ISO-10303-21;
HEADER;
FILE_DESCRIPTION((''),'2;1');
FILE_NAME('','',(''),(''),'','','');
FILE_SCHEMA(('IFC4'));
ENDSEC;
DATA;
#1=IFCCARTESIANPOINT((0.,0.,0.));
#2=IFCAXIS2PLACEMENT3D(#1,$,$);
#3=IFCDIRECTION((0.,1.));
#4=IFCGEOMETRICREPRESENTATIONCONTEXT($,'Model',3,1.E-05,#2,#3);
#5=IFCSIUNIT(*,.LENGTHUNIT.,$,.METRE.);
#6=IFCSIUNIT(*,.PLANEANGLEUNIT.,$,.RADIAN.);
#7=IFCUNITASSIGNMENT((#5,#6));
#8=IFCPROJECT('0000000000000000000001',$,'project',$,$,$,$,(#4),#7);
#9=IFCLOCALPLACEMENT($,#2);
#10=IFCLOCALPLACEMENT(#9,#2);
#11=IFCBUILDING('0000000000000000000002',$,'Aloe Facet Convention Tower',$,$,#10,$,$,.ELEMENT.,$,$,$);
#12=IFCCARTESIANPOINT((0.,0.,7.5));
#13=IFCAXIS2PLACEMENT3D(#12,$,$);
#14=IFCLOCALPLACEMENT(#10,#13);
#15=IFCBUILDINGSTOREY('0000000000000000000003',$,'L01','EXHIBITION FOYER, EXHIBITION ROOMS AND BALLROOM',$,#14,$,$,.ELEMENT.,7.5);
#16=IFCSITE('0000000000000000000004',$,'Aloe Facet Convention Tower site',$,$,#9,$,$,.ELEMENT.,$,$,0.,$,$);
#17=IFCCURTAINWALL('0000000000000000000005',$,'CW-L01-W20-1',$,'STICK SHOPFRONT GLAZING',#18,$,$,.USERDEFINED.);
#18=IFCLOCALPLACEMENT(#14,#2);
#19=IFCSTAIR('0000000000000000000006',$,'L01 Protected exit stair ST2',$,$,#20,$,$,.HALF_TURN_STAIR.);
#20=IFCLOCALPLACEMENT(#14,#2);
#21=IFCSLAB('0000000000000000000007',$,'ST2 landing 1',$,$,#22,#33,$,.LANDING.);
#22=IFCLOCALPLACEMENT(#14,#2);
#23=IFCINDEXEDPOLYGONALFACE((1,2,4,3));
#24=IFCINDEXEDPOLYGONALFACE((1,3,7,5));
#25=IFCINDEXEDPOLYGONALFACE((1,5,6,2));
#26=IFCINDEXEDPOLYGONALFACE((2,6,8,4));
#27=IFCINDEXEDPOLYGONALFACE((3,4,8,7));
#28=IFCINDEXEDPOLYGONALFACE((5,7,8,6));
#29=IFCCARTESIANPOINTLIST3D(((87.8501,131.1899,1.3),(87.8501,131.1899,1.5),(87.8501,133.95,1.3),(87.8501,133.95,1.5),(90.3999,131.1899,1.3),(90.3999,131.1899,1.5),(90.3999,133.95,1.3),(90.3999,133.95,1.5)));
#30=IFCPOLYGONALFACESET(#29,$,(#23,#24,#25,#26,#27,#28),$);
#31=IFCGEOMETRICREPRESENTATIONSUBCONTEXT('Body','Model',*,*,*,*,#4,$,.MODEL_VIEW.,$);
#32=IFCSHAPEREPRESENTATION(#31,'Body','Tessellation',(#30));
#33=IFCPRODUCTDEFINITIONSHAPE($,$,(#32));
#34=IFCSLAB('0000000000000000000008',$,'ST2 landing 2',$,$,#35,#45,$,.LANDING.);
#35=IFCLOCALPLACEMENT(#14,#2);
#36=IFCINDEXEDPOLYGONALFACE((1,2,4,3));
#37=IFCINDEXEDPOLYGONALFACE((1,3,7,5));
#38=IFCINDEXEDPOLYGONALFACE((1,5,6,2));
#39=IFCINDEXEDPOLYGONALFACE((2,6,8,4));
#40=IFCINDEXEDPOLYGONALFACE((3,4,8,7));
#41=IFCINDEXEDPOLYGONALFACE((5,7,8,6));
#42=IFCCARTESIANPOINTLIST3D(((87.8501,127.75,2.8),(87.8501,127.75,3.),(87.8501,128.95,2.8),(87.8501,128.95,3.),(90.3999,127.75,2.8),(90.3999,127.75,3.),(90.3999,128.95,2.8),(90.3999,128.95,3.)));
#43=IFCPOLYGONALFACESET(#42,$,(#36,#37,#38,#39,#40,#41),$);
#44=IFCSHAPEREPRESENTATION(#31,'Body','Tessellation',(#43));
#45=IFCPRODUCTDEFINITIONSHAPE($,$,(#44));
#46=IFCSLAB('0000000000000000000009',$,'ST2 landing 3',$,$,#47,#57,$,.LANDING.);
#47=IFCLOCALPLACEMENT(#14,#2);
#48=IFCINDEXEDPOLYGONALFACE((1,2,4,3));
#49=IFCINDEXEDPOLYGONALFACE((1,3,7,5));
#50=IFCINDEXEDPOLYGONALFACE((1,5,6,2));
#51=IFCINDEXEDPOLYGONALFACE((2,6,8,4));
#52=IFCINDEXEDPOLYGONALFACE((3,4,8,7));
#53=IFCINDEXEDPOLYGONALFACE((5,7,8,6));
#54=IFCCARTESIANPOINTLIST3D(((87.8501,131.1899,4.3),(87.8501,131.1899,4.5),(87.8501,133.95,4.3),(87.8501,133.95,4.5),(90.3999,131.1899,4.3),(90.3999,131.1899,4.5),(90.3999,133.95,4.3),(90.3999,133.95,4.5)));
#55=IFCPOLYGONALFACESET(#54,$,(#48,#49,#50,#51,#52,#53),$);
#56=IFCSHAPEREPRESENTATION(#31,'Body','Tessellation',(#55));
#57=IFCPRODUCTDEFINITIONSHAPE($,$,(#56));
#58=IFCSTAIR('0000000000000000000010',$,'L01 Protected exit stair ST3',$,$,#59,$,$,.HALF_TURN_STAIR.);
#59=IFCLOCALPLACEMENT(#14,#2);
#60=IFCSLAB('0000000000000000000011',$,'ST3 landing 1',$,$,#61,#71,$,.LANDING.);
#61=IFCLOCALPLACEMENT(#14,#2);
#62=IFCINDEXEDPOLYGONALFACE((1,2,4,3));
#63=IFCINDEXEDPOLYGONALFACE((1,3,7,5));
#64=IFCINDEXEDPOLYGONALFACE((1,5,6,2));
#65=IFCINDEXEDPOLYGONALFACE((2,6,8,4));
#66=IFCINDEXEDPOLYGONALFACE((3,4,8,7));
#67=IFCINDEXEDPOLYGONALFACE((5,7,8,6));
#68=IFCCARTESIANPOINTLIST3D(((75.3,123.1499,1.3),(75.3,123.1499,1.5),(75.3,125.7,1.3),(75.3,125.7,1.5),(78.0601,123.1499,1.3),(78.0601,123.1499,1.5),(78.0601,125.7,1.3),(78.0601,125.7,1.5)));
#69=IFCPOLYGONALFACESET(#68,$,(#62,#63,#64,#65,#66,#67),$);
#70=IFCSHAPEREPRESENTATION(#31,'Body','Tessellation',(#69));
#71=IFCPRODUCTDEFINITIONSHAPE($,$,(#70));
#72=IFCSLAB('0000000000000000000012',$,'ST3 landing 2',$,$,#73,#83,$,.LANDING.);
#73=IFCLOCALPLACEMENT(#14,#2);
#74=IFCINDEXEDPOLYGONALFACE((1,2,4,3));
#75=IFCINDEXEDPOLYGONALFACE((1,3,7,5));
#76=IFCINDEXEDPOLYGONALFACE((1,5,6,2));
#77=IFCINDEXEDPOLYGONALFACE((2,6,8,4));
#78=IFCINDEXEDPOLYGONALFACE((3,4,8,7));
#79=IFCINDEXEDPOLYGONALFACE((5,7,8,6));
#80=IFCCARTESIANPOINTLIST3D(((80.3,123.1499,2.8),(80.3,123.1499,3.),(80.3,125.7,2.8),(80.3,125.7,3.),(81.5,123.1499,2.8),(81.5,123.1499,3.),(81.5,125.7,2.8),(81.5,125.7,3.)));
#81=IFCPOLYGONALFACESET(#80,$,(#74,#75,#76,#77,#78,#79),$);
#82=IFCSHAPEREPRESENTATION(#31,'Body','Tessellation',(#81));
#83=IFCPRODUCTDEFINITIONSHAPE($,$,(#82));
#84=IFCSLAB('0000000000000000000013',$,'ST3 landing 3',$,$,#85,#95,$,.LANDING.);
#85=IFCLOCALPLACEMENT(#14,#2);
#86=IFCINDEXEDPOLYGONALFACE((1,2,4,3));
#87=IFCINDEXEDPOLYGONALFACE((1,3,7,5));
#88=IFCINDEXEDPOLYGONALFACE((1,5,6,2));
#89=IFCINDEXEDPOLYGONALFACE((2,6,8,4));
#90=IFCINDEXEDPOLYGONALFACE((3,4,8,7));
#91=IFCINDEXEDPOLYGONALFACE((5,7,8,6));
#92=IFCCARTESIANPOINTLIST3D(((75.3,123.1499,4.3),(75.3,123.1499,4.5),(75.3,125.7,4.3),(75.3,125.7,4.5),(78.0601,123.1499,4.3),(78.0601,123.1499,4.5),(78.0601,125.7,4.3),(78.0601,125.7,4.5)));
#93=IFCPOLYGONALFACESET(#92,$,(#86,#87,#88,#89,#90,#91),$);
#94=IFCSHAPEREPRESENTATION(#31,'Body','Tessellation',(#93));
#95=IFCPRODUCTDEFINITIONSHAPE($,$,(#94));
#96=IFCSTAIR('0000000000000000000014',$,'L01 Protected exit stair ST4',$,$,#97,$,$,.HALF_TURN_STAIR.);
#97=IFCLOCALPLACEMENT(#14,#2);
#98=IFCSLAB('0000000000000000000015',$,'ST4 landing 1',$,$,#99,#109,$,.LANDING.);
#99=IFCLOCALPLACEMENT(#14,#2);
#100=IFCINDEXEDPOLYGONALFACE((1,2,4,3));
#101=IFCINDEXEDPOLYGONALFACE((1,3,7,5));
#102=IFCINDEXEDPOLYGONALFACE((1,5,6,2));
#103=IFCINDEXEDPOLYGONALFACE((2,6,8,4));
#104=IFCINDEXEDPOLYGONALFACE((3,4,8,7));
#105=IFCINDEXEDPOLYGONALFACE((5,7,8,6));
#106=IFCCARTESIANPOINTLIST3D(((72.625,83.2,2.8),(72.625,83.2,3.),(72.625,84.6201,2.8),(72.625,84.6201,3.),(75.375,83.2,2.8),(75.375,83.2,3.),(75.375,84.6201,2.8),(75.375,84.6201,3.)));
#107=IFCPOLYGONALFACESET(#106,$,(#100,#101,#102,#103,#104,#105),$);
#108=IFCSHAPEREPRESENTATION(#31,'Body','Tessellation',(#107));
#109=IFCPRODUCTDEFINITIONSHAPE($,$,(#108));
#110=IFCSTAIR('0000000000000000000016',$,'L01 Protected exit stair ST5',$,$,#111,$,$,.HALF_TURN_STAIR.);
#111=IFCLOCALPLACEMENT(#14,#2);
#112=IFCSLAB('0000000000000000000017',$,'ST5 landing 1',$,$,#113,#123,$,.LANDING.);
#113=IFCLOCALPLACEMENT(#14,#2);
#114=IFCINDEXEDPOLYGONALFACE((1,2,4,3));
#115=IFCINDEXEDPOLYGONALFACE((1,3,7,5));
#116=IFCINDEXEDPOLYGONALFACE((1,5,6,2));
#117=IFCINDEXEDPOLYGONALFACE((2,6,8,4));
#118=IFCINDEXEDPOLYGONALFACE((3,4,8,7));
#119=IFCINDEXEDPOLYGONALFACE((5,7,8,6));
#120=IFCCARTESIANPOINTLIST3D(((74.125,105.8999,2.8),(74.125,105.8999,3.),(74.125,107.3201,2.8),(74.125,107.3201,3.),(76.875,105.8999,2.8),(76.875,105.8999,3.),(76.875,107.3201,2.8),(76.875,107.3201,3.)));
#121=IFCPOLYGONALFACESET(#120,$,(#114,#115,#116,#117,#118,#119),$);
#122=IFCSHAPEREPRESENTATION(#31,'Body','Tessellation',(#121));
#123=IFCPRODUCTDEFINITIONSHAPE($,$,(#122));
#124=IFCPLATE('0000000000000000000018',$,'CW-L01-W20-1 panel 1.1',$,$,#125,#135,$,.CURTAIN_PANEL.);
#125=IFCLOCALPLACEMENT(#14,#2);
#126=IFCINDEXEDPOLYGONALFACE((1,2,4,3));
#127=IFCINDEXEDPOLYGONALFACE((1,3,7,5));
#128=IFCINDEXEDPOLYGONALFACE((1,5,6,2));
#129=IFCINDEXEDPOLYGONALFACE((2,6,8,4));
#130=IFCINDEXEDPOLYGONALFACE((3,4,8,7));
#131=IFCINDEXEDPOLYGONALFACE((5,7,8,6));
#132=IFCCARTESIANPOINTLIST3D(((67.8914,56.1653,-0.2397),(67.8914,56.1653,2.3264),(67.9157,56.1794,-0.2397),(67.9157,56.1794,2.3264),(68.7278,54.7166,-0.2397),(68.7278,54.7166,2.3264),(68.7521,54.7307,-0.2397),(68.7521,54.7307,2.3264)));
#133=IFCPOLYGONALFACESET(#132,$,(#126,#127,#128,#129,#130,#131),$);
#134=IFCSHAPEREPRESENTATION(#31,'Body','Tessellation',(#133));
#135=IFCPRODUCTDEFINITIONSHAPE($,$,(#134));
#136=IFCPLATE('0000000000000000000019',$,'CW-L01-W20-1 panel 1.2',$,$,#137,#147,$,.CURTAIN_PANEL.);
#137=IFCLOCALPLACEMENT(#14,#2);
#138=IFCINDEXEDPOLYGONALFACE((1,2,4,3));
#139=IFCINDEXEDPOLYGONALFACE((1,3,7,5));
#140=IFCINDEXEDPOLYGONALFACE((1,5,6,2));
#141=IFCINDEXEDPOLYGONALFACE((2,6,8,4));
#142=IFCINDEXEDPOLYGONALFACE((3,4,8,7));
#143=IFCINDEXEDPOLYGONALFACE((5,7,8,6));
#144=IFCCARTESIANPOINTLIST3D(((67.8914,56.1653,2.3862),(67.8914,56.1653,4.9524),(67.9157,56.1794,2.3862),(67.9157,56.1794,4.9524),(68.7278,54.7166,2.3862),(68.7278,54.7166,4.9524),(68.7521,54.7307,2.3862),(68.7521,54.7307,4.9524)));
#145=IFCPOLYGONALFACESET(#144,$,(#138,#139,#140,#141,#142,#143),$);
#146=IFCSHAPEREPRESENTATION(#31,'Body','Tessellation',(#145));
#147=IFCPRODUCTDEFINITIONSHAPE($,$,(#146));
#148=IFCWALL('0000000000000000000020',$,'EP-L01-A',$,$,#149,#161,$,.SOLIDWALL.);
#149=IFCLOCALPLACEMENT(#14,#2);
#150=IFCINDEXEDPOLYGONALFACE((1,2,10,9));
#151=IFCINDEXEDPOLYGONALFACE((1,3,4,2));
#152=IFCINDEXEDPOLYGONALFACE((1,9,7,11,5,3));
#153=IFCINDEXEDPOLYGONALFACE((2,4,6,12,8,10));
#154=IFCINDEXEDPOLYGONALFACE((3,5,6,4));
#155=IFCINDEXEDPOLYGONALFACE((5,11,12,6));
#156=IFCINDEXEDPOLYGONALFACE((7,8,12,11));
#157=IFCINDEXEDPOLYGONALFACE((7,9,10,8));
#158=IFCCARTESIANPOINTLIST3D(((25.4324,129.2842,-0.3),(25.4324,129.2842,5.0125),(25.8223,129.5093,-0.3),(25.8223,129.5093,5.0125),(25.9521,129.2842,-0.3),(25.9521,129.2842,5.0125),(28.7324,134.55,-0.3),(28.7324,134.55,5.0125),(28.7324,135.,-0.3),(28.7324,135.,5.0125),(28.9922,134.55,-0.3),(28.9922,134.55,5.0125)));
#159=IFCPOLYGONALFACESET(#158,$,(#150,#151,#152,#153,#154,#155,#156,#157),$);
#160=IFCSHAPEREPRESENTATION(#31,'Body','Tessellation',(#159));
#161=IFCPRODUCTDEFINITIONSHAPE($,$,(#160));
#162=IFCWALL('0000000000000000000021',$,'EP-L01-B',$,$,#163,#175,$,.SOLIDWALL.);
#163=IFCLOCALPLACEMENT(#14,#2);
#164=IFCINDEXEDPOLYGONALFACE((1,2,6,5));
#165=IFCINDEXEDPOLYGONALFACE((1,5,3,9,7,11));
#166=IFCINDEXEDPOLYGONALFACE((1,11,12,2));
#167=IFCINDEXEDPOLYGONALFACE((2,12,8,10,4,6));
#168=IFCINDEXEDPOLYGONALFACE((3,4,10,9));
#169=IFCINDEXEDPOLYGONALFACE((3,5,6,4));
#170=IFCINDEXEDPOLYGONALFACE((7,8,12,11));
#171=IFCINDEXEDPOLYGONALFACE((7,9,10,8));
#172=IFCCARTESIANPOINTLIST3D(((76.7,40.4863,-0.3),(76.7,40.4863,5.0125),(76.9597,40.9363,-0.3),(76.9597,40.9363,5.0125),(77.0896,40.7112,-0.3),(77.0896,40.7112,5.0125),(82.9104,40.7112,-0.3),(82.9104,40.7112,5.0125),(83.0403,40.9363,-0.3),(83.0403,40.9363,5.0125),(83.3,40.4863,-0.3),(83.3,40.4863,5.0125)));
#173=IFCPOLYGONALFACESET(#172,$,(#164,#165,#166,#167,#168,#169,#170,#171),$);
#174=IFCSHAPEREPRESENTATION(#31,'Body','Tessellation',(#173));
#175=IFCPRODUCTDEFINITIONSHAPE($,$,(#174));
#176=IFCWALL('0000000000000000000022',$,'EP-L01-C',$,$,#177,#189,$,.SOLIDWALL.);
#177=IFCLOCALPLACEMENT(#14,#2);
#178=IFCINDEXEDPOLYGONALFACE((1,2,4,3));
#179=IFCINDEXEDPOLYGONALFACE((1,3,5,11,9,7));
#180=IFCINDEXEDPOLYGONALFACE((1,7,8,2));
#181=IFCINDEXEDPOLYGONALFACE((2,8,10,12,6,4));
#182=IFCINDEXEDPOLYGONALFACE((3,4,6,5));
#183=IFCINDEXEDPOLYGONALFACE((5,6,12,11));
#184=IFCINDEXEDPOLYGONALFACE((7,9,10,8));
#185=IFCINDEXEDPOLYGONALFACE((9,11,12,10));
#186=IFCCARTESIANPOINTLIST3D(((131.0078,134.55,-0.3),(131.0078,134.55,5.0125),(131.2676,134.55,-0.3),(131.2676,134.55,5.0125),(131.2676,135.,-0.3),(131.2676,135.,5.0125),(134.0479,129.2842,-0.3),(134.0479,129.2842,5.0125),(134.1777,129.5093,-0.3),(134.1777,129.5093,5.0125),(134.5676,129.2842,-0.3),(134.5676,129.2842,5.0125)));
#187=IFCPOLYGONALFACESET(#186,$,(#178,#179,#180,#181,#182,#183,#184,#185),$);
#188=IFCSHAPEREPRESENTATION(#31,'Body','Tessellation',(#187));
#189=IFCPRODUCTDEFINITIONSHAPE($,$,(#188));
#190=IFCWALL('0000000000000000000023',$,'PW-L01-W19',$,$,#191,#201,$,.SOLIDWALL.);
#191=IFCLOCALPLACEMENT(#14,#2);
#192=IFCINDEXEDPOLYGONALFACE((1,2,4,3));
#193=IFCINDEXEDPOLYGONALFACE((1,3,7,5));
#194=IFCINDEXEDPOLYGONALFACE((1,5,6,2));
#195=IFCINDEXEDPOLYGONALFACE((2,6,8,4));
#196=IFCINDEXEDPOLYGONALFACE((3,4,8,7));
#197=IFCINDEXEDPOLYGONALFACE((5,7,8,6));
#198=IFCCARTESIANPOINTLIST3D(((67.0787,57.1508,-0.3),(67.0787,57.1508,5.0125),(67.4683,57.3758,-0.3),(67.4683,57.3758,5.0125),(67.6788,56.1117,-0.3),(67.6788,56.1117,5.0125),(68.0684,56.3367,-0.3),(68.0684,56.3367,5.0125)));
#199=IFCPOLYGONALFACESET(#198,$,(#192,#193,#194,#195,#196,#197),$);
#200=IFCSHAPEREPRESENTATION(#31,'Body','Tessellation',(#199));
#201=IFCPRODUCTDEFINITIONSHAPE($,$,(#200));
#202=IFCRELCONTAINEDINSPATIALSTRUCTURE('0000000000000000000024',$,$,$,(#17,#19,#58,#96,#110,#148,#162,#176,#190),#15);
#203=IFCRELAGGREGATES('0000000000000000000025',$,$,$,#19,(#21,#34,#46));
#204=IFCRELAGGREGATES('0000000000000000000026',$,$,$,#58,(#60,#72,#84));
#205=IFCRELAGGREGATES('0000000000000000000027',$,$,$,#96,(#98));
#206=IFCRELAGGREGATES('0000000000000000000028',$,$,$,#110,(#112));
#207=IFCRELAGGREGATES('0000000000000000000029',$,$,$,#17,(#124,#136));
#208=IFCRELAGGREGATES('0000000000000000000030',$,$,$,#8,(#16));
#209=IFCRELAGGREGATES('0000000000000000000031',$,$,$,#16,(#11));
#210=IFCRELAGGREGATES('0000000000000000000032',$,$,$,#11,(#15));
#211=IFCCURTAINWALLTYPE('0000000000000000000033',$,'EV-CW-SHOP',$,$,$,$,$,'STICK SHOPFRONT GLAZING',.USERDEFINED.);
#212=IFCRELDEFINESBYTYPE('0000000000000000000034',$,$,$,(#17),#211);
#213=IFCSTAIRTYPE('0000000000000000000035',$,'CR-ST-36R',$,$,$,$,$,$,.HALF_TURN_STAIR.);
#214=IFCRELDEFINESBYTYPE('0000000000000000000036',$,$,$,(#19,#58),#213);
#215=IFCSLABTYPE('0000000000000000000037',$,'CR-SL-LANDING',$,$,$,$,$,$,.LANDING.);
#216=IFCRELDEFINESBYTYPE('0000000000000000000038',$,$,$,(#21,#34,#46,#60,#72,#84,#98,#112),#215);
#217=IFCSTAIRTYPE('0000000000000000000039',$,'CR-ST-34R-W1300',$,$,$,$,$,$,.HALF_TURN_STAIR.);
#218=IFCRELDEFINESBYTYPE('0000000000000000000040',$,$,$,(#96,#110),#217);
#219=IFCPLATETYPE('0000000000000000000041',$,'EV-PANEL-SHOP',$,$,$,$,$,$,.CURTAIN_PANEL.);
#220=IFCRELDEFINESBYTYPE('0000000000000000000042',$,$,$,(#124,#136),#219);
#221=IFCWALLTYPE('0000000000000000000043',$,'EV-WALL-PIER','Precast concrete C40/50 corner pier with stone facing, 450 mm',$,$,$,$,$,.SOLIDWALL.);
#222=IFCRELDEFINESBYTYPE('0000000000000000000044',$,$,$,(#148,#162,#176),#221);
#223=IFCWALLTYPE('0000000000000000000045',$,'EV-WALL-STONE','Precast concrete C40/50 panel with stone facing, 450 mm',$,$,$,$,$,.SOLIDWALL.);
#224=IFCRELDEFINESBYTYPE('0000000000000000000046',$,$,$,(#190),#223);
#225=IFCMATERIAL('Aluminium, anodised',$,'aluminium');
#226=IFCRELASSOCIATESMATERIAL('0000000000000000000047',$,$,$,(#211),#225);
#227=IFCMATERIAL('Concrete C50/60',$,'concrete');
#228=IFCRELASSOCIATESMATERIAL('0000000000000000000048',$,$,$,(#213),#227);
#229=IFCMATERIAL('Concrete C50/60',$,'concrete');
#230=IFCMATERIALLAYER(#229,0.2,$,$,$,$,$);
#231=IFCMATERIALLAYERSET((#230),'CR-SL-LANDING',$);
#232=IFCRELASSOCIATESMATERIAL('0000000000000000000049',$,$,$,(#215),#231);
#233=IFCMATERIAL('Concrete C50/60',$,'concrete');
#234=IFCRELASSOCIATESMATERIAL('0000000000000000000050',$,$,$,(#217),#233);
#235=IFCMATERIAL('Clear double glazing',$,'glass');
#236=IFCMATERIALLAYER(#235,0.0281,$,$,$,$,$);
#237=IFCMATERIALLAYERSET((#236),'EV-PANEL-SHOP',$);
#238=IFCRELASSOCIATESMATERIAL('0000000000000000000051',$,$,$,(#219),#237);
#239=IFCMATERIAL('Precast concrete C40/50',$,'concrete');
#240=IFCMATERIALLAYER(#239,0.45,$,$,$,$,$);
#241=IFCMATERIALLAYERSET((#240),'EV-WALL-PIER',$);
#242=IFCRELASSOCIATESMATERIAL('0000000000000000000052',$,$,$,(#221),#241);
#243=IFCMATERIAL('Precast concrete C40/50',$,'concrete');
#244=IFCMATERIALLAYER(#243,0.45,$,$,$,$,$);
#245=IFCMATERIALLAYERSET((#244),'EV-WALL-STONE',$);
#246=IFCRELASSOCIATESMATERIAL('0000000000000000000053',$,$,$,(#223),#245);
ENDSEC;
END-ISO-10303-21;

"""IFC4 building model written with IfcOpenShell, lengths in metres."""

from ifc_helpers import new_model, si_unit, direction, frame, frame_2d, origin, origin_2d, place, context, subcontext, project, spatial, polyline, rectangle, outline, extrude, material, layer, layer_set, type_object, element, aggregate, save


model = new_model("IFC4")

# Units and contexts
model_context = context("Model", 3, precision=1e-05, world=origin(), true_north=direction((0.0, 1.0)))
body_context = subcontext(model_context, "Body", "Model", "MODEL_VIEW")
ifc_project = project(units=[si_unit("LENGTHUNIT", "METRE"), si_unit("PLANEANGLEUNIT", "RADIAN")], contexts=[model_context])

# Site, building, storey
site_placement = place(None, origin())
site = spatial("IfcSite", under=ifc_project, at=site_placement, Name="Aloe Facet Convention Tower site", CompositionType="ELEMENT", RefElevation=0.0)
building_placement = place(site_placement, origin())
building = spatial("IfcBuilding", under=site, at=building_placement, Name="Aloe Facet Convention Tower", CompositionType="ELEMENT")
storey_placement = place(building_placement, frame((0.0, 0.0, 7.5)))
storey = spatial("IfcBuildingStorey", under=building, at=storey_placement, Name="L01", Description="EXHIBITION FOYER, EXHIBITION ROOMS AND BALLROOM", CompositionType="ELEMENT", Elevation=7.5)

# Curtain wall
ifc_material_1 = material(Name="Aluminium, anodised", Category="aluminium")
curtain_wall_type = type_object("IfcCurtainWallType", Name="EV-CW-SHOP", ElementType="STICK SHOPFRONT GLAZING", PredefinedType="USERDEFINED", material=ifc_material_1)
curtain_wall_1_placement = place(storey_placement, origin())
curtain_wall_1 = element("IfcCurtainWall", 1, at=curtain_wall_1_placement, inside=storey, type_object=curtain_wall_type, Name="CW-L01-W20-1", ObjectType="STICK SHOPFRONT GLAZING", PredefinedType="USERDEFINED")

# Stairs, slabs
ifc_material_2 = material(Name="Concrete C50/60", Category="concrete")
stair_type_1 = type_object("IfcStairType", Name="CR-ST-36R", PredefinedType="HALF_TURN_STAIR", material=ifc_material_2)
ifc_material_3 = material(Name="Concrete C50/60", Category="concrete")
ifc_layer_1 = layer(ifc_material_3, 0.2)
ifc_layer_set_1 = layer_set([ifc_layer_1], Name="CR-SL-LANDING")
slab_type_1 = type_object("IfcSlabType", Name="CR-SL-LANDING", PredefinedType="LANDING", material=ifc_layer_set_1)
stair_1_placement = place(storey_placement, origin())
stair_1 = element("IfcStair", 2, at=stair_1_placement, inside=storey, type_object=stair_type_1, Name="L01 Protected exit stair ST2", PredefinedType="HALF_TURN_STAIR")
slab_1_placement = place(storey_placement, frame((0.0, 0.0, 1.3)))
slab_1 = element("IfcSlab", 3, at=slab_1_placement, type_object=slab_type_1, Name="ST2 landing 1", PredefinedType="LANDING", context=body_context, shape_type="SweptSolid", body=[
    extrude(outline(polyline([(90.3999, 131.1899), (90.3999, 133.95), (87.8501, 133.95), (87.8501, 131.1899), (90.3999, 131.1899)])), origin(), (0.0, 0.0, 1.0), 0.2),
])
slab_2_placement = place(storey_placement, frame((0.0, 0.0, 2.8)))
slab_2 = element("IfcSlab", 4, at=slab_2_placement, type_object=slab_type_1, Name="ST2 landing 2", PredefinedType="LANDING", context=body_context, shape_type="SweptSolid", body=[
    extrude(outline(polyline([(90.3999, 127.75), (90.3999, 128.95), (87.8501, 128.95), (87.8501, 127.75), (90.3999, 127.75)])), origin(), (0.0, 0.0, 1.0), 0.2),
])
slab_3_placement = place(storey_placement, frame((0.0, 0.0, 4.3)))
slab_3 = element("IfcSlab", 5, at=slab_3_placement, type_object=slab_type_1, Name="ST2 landing 3", PredefinedType="LANDING", context=body_context, shape_type="SweptSolid", body=[
    extrude(outline(polyline([(90.3999, 131.1899), (90.3999, 133.95), (87.8501, 133.95), (87.8501, 131.1899), (90.3999, 131.1899)])), origin(), (0.0, 0.0, 1.0), 0.2),
])
aggregate(stair_1, [slab_1, slab_2, slab_3])
stair_2_placement = place(storey_placement, origin())
stair_2 = element("IfcStair", 6, at=stair_2_placement, inside=storey, type_object=stair_type_1, Name="L01 Protected exit stair ST3", PredefinedType="HALF_TURN_STAIR")
slab_4_placement = place(storey_placement, frame((0.0, 0.0, 1.3)))
slab_4 = element("IfcSlab", 7, at=slab_4_placement, type_object=slab_type_1, Name="ST3 landing 1", PredefinedType="LANDING", context=body_context, shape_type="SweptSolid", body=[
    extrude(outline(polyline([(78.0601, 125.7), (75.3, 125.7), (75.3, 123.1499), (78.0601, 123.1499), (78.0601, 125.7)])), origin(), (0.0, 0.0, 1.0), 0.2),
])
slab_5_placement = place(storey_placement, frame((0.0, 0.0, 2.8)))
slab_5 = element("IfcSlab", 8, at=slab_5_placement, type_object=slab_type_1, Name="ST3 landing 2", PredefinedType="LANDING", context=body_context, shape_type="SweptSolid", body=[
    extrude(outline(polyline([(81.5, 125.7), (80.3, 125.7), (80.3, 123.1499), (81.5, 123.1499), (81.5, 125.7)])), origin(), (0.0, 0.0, 1.0), 0.2),
])
slab_6_placement = place(storey_placement, frame((0.0, 0.0, 4.3)))
slab_6 = element("IfcSlab", 9, at=slab_6_placement, type_object=slab_type_1, Name="ST3 landing 3", PredefinedType="LANDING", context=body_context, shape_type="SweptSolid", body=[
    extrude(outline(polyline([(78.0601, 125.7), (75.3, 125.7), (75.3, 123.1499), (78.0601, 123.1499), (78.0601, 125.7)])), origin(), (0.0, 0.0, 1.0), 0.2),
])
aggregate(stair_2, [slab_4, slab_5, slab_6])

# Stairs, slabs
ifc_material_4 = material(Name="Concrete C50/60", Category="concrete")
stair_type_2 = type_object("IfcStairType", Name="CR-ST-34R-W1300", PredefinedType="HALF_TURN_STAIR", material=ifc_material_4)
stair_3_placement = place(storey_placement, origin())
stair_3 = element("IfcStair", 10, at=stair_3_placement, inside=storey, type_object=stair_type_2, Name="L01 Protected exit stair ST4", PredefinedType="HALF_TURN_STAIR")
slab_7_placement = place(storey_placement, frame((0.0, 0.0, 2.8)))
slab_7 = element("IfcSlab", 11, at=slab_7_placement, type_object=slab_type_1, Name="ST4 landing 1", PredefinedType="LANDING", context=body_context, shape_type="SweptSolid", body=[
    extrude(outline(polyline([(72.625, 84.6201), (72.625, 83.2), (75.375, 83.2), (75.375, 84.6201), (72.625, 84.6201)])), origin(), (0.0, 0.0, 1.0), 0.2),
])
aggregate(stair_3, [slab_7])
stair_4_placement = place(storey_placement, origin())
stair_4 = element("IfcStair", 12, at=stair_4_placement, inside=storey, type_object=stair_type_2, Name="L01 Protected exit stair ST5", PredefinedType="HALF_TURN_STAIR")
slab_8_placement = place(storey_placement, frame((0.0, 0.0, 2.8)))
slab_8 = element("IfcSlab", 13, at=slab_8_placement, type_object=slab_type_1, Name="ST5 landing 1", PredefinedType="LANDING", context=body_context, shape_type="SweptSolid", body=[
    extrude(outline(polyline([(74.125, 107.3201), (74.125, 105.8999), (76.875, 105.8999), (76.875, 107.3201), (74.125, 107.3201)])), origin(), (0.0, 0.0, 1.0), 0.2),
])
aggregate(stair_4, [slab_8])

# Plates
ifc_material_5 = material(Name="Clear double glazing", Category="glass")
ifc_layer_2 = layer(ifc_material_5, 0.0281)
ifc_layer_set_2 = layer_set([ifc_layer_2], Name="EV-PANEL-SHOP")
plate_type = type_object("IfcPlateType", Name="EV-PANEL-SHOP", PredefinedType="CURTAIN_PANEL", material=ifc_layer_set_2)
plate_1_placement = place(storey_placement, frame((68.3218, 55.448, -0.2397), z_axis=(0.0, 0.0, 1.0), x_axis=(0.5, -0.866025, 0.0)))
plate_1 = element("IfcPlate", 14, at=plate_1_placement, type_object=plate_type, Name="CW-L01-W20-1 panel 1.1", PredefinedType="CURTAIN_PANEL", context=body_context, shape_type="SweptSolid", body=[
    extrude(rectangle(XDim=1.6729, YDim=0.0281, at=origin_2d()), origin(), (0.0, 0.0, 1.0), 2.5662),
])
plate_2_placement = place(storey_placement, frame((68.3218, 55.448, 2.3862), z_axis=(0.0, 0.0, 1.0), x_axis=(0.5, -0.866025, 0.0)))
plate_2 = element("IfcPlate", 15, at=plate_2_placement, type_object=plate_type, Name="CW-L01-W20-1 panel 1.2", PredefinedType="CURTAIN_PANEL", context=body_context, shape_type="SweptSolid", body=[
    extrude(rectangle(XDim=1.6729, YDim=0.0281, at=origin_2d()), origin(), (0.0, 0.0, 1.0), 2.5662),
])
aggregate(curtain_wall_1, [plate_1, plate_2])

# Walls
ifc_material_6 = material(Name="Precast concrete C40/50", Category="concrete")
ifc_layer_3 = layer(ifc_material_6, 0.45)
ifc_layer_set_3 = layer_set([ifc_layer_3], Name="EV-WALL-PIER")
wall_type_1 = type_object("IfcWallType", Name="EV-WALL-PIER", Description="Precast concrete C40/50 corner pier with stone facing, 450 mm", PredefinedType="SOLIDWALL", material=ifc_layer_set_3)
wall_1_placement = place(storey_placement, frame((0.0, 0.0, -0.3)))
element("IfcWall", 16, at=wall_1_placement, inside=storey, type_object=wall_type_1, Name="EP-L01-A", PredefinedType="SOLIDWALL", context=body_context, shape_type="SweptSolid", body=[
    extrude(outline(polyline([(28.7324, 135.0), (28.7324, 134.55), (28.9922, 134.55), (25.9521, 129.2842), (25.8223, 129.5093), (25.4324, 129.2842), (28.7324, 135.0)])), origin(), (0.0, 0.0, 1.0), 5.3125),
])
wall_2_placement = place(storey_placement, frame((0.0, 0.0, -0.3)))
element("IfcWall", 17, at=wall_2_placement, inside=storey, type_object=wall_type_1, Name="EP-L01-B", PredefinedType="SOLIDWALL", context=body_context, shape_type="SweptSolid", body=[
    extrude(outline(polyline([(76.7, 40.4863), (77.0896, 40.7112), (76.9597, 40.9363), (83.0403, 40.9363), (82.9104, 40.7112), (83.3, 40.4863), (76.7, 40.4863)])), origin(), (0.0, 0.0, 1.0), 5.3125),
])
wall_3_placement = place(storey_placement, frame((0.0, 0.0, -0.3)))
element("IfcWall", 18, at=wall_3_placement, inside=storey, type_object=wall_type_1, Name="EP-L01-C", PredefinedType="SOLIDWALL", context=body_context, shape_type="SweptSolid", body=[
    extrude(outline(polyline([(134.5676, 129.2842), (134.1777, 129.5093), (134.0479, 129.2842), (131.0078, 134.55), (131.2676, 134.55), (131.2676, 135.0), (134.5676, 129.2842)])), origin(), (0.0, 0.0, 1.0), 5.3125),
])
ifc_material_7 = material(Name="Precast concrete C40/50", Category="concrete")
ifc_layer_4 = layer(ifc_material_7, 0.45)
ifc_layer_set_4 = layer_set([ifc_layer_4], Name="EV-WALL-STONE")
wall_type_2 = type_object("IfcWallType", Name="EV-WALL-STONE", Description="Precast concrete C40/50 panel with stone facing, 450 mm", PredefinedType="SOLIDWALL", material=ifc_layer_set_4)
wall_4_placement = place(storey_placement, frame((67.2734, 57.2634, -0.3), z_axis=(0.0, 0.0, 1.0), x_axis=(0.500122, -0.865955, 0.0)))
element("IfcWall", 19, at=wall_4_placement, inside=storey, type_object=wall_type_2, Name="PW-L01-W19", PredefinedType="SOLIDWALL", context=body_context, shape_type="SweptSolid", body=[
    extrude(rectangle(XDim=1.2, YDim=0.45, at=frame_2d((0.6001, 0.0))), origin(), (0.0, 0.0, 1.0), 5.3125),
])

save(model, "model.ifc")
